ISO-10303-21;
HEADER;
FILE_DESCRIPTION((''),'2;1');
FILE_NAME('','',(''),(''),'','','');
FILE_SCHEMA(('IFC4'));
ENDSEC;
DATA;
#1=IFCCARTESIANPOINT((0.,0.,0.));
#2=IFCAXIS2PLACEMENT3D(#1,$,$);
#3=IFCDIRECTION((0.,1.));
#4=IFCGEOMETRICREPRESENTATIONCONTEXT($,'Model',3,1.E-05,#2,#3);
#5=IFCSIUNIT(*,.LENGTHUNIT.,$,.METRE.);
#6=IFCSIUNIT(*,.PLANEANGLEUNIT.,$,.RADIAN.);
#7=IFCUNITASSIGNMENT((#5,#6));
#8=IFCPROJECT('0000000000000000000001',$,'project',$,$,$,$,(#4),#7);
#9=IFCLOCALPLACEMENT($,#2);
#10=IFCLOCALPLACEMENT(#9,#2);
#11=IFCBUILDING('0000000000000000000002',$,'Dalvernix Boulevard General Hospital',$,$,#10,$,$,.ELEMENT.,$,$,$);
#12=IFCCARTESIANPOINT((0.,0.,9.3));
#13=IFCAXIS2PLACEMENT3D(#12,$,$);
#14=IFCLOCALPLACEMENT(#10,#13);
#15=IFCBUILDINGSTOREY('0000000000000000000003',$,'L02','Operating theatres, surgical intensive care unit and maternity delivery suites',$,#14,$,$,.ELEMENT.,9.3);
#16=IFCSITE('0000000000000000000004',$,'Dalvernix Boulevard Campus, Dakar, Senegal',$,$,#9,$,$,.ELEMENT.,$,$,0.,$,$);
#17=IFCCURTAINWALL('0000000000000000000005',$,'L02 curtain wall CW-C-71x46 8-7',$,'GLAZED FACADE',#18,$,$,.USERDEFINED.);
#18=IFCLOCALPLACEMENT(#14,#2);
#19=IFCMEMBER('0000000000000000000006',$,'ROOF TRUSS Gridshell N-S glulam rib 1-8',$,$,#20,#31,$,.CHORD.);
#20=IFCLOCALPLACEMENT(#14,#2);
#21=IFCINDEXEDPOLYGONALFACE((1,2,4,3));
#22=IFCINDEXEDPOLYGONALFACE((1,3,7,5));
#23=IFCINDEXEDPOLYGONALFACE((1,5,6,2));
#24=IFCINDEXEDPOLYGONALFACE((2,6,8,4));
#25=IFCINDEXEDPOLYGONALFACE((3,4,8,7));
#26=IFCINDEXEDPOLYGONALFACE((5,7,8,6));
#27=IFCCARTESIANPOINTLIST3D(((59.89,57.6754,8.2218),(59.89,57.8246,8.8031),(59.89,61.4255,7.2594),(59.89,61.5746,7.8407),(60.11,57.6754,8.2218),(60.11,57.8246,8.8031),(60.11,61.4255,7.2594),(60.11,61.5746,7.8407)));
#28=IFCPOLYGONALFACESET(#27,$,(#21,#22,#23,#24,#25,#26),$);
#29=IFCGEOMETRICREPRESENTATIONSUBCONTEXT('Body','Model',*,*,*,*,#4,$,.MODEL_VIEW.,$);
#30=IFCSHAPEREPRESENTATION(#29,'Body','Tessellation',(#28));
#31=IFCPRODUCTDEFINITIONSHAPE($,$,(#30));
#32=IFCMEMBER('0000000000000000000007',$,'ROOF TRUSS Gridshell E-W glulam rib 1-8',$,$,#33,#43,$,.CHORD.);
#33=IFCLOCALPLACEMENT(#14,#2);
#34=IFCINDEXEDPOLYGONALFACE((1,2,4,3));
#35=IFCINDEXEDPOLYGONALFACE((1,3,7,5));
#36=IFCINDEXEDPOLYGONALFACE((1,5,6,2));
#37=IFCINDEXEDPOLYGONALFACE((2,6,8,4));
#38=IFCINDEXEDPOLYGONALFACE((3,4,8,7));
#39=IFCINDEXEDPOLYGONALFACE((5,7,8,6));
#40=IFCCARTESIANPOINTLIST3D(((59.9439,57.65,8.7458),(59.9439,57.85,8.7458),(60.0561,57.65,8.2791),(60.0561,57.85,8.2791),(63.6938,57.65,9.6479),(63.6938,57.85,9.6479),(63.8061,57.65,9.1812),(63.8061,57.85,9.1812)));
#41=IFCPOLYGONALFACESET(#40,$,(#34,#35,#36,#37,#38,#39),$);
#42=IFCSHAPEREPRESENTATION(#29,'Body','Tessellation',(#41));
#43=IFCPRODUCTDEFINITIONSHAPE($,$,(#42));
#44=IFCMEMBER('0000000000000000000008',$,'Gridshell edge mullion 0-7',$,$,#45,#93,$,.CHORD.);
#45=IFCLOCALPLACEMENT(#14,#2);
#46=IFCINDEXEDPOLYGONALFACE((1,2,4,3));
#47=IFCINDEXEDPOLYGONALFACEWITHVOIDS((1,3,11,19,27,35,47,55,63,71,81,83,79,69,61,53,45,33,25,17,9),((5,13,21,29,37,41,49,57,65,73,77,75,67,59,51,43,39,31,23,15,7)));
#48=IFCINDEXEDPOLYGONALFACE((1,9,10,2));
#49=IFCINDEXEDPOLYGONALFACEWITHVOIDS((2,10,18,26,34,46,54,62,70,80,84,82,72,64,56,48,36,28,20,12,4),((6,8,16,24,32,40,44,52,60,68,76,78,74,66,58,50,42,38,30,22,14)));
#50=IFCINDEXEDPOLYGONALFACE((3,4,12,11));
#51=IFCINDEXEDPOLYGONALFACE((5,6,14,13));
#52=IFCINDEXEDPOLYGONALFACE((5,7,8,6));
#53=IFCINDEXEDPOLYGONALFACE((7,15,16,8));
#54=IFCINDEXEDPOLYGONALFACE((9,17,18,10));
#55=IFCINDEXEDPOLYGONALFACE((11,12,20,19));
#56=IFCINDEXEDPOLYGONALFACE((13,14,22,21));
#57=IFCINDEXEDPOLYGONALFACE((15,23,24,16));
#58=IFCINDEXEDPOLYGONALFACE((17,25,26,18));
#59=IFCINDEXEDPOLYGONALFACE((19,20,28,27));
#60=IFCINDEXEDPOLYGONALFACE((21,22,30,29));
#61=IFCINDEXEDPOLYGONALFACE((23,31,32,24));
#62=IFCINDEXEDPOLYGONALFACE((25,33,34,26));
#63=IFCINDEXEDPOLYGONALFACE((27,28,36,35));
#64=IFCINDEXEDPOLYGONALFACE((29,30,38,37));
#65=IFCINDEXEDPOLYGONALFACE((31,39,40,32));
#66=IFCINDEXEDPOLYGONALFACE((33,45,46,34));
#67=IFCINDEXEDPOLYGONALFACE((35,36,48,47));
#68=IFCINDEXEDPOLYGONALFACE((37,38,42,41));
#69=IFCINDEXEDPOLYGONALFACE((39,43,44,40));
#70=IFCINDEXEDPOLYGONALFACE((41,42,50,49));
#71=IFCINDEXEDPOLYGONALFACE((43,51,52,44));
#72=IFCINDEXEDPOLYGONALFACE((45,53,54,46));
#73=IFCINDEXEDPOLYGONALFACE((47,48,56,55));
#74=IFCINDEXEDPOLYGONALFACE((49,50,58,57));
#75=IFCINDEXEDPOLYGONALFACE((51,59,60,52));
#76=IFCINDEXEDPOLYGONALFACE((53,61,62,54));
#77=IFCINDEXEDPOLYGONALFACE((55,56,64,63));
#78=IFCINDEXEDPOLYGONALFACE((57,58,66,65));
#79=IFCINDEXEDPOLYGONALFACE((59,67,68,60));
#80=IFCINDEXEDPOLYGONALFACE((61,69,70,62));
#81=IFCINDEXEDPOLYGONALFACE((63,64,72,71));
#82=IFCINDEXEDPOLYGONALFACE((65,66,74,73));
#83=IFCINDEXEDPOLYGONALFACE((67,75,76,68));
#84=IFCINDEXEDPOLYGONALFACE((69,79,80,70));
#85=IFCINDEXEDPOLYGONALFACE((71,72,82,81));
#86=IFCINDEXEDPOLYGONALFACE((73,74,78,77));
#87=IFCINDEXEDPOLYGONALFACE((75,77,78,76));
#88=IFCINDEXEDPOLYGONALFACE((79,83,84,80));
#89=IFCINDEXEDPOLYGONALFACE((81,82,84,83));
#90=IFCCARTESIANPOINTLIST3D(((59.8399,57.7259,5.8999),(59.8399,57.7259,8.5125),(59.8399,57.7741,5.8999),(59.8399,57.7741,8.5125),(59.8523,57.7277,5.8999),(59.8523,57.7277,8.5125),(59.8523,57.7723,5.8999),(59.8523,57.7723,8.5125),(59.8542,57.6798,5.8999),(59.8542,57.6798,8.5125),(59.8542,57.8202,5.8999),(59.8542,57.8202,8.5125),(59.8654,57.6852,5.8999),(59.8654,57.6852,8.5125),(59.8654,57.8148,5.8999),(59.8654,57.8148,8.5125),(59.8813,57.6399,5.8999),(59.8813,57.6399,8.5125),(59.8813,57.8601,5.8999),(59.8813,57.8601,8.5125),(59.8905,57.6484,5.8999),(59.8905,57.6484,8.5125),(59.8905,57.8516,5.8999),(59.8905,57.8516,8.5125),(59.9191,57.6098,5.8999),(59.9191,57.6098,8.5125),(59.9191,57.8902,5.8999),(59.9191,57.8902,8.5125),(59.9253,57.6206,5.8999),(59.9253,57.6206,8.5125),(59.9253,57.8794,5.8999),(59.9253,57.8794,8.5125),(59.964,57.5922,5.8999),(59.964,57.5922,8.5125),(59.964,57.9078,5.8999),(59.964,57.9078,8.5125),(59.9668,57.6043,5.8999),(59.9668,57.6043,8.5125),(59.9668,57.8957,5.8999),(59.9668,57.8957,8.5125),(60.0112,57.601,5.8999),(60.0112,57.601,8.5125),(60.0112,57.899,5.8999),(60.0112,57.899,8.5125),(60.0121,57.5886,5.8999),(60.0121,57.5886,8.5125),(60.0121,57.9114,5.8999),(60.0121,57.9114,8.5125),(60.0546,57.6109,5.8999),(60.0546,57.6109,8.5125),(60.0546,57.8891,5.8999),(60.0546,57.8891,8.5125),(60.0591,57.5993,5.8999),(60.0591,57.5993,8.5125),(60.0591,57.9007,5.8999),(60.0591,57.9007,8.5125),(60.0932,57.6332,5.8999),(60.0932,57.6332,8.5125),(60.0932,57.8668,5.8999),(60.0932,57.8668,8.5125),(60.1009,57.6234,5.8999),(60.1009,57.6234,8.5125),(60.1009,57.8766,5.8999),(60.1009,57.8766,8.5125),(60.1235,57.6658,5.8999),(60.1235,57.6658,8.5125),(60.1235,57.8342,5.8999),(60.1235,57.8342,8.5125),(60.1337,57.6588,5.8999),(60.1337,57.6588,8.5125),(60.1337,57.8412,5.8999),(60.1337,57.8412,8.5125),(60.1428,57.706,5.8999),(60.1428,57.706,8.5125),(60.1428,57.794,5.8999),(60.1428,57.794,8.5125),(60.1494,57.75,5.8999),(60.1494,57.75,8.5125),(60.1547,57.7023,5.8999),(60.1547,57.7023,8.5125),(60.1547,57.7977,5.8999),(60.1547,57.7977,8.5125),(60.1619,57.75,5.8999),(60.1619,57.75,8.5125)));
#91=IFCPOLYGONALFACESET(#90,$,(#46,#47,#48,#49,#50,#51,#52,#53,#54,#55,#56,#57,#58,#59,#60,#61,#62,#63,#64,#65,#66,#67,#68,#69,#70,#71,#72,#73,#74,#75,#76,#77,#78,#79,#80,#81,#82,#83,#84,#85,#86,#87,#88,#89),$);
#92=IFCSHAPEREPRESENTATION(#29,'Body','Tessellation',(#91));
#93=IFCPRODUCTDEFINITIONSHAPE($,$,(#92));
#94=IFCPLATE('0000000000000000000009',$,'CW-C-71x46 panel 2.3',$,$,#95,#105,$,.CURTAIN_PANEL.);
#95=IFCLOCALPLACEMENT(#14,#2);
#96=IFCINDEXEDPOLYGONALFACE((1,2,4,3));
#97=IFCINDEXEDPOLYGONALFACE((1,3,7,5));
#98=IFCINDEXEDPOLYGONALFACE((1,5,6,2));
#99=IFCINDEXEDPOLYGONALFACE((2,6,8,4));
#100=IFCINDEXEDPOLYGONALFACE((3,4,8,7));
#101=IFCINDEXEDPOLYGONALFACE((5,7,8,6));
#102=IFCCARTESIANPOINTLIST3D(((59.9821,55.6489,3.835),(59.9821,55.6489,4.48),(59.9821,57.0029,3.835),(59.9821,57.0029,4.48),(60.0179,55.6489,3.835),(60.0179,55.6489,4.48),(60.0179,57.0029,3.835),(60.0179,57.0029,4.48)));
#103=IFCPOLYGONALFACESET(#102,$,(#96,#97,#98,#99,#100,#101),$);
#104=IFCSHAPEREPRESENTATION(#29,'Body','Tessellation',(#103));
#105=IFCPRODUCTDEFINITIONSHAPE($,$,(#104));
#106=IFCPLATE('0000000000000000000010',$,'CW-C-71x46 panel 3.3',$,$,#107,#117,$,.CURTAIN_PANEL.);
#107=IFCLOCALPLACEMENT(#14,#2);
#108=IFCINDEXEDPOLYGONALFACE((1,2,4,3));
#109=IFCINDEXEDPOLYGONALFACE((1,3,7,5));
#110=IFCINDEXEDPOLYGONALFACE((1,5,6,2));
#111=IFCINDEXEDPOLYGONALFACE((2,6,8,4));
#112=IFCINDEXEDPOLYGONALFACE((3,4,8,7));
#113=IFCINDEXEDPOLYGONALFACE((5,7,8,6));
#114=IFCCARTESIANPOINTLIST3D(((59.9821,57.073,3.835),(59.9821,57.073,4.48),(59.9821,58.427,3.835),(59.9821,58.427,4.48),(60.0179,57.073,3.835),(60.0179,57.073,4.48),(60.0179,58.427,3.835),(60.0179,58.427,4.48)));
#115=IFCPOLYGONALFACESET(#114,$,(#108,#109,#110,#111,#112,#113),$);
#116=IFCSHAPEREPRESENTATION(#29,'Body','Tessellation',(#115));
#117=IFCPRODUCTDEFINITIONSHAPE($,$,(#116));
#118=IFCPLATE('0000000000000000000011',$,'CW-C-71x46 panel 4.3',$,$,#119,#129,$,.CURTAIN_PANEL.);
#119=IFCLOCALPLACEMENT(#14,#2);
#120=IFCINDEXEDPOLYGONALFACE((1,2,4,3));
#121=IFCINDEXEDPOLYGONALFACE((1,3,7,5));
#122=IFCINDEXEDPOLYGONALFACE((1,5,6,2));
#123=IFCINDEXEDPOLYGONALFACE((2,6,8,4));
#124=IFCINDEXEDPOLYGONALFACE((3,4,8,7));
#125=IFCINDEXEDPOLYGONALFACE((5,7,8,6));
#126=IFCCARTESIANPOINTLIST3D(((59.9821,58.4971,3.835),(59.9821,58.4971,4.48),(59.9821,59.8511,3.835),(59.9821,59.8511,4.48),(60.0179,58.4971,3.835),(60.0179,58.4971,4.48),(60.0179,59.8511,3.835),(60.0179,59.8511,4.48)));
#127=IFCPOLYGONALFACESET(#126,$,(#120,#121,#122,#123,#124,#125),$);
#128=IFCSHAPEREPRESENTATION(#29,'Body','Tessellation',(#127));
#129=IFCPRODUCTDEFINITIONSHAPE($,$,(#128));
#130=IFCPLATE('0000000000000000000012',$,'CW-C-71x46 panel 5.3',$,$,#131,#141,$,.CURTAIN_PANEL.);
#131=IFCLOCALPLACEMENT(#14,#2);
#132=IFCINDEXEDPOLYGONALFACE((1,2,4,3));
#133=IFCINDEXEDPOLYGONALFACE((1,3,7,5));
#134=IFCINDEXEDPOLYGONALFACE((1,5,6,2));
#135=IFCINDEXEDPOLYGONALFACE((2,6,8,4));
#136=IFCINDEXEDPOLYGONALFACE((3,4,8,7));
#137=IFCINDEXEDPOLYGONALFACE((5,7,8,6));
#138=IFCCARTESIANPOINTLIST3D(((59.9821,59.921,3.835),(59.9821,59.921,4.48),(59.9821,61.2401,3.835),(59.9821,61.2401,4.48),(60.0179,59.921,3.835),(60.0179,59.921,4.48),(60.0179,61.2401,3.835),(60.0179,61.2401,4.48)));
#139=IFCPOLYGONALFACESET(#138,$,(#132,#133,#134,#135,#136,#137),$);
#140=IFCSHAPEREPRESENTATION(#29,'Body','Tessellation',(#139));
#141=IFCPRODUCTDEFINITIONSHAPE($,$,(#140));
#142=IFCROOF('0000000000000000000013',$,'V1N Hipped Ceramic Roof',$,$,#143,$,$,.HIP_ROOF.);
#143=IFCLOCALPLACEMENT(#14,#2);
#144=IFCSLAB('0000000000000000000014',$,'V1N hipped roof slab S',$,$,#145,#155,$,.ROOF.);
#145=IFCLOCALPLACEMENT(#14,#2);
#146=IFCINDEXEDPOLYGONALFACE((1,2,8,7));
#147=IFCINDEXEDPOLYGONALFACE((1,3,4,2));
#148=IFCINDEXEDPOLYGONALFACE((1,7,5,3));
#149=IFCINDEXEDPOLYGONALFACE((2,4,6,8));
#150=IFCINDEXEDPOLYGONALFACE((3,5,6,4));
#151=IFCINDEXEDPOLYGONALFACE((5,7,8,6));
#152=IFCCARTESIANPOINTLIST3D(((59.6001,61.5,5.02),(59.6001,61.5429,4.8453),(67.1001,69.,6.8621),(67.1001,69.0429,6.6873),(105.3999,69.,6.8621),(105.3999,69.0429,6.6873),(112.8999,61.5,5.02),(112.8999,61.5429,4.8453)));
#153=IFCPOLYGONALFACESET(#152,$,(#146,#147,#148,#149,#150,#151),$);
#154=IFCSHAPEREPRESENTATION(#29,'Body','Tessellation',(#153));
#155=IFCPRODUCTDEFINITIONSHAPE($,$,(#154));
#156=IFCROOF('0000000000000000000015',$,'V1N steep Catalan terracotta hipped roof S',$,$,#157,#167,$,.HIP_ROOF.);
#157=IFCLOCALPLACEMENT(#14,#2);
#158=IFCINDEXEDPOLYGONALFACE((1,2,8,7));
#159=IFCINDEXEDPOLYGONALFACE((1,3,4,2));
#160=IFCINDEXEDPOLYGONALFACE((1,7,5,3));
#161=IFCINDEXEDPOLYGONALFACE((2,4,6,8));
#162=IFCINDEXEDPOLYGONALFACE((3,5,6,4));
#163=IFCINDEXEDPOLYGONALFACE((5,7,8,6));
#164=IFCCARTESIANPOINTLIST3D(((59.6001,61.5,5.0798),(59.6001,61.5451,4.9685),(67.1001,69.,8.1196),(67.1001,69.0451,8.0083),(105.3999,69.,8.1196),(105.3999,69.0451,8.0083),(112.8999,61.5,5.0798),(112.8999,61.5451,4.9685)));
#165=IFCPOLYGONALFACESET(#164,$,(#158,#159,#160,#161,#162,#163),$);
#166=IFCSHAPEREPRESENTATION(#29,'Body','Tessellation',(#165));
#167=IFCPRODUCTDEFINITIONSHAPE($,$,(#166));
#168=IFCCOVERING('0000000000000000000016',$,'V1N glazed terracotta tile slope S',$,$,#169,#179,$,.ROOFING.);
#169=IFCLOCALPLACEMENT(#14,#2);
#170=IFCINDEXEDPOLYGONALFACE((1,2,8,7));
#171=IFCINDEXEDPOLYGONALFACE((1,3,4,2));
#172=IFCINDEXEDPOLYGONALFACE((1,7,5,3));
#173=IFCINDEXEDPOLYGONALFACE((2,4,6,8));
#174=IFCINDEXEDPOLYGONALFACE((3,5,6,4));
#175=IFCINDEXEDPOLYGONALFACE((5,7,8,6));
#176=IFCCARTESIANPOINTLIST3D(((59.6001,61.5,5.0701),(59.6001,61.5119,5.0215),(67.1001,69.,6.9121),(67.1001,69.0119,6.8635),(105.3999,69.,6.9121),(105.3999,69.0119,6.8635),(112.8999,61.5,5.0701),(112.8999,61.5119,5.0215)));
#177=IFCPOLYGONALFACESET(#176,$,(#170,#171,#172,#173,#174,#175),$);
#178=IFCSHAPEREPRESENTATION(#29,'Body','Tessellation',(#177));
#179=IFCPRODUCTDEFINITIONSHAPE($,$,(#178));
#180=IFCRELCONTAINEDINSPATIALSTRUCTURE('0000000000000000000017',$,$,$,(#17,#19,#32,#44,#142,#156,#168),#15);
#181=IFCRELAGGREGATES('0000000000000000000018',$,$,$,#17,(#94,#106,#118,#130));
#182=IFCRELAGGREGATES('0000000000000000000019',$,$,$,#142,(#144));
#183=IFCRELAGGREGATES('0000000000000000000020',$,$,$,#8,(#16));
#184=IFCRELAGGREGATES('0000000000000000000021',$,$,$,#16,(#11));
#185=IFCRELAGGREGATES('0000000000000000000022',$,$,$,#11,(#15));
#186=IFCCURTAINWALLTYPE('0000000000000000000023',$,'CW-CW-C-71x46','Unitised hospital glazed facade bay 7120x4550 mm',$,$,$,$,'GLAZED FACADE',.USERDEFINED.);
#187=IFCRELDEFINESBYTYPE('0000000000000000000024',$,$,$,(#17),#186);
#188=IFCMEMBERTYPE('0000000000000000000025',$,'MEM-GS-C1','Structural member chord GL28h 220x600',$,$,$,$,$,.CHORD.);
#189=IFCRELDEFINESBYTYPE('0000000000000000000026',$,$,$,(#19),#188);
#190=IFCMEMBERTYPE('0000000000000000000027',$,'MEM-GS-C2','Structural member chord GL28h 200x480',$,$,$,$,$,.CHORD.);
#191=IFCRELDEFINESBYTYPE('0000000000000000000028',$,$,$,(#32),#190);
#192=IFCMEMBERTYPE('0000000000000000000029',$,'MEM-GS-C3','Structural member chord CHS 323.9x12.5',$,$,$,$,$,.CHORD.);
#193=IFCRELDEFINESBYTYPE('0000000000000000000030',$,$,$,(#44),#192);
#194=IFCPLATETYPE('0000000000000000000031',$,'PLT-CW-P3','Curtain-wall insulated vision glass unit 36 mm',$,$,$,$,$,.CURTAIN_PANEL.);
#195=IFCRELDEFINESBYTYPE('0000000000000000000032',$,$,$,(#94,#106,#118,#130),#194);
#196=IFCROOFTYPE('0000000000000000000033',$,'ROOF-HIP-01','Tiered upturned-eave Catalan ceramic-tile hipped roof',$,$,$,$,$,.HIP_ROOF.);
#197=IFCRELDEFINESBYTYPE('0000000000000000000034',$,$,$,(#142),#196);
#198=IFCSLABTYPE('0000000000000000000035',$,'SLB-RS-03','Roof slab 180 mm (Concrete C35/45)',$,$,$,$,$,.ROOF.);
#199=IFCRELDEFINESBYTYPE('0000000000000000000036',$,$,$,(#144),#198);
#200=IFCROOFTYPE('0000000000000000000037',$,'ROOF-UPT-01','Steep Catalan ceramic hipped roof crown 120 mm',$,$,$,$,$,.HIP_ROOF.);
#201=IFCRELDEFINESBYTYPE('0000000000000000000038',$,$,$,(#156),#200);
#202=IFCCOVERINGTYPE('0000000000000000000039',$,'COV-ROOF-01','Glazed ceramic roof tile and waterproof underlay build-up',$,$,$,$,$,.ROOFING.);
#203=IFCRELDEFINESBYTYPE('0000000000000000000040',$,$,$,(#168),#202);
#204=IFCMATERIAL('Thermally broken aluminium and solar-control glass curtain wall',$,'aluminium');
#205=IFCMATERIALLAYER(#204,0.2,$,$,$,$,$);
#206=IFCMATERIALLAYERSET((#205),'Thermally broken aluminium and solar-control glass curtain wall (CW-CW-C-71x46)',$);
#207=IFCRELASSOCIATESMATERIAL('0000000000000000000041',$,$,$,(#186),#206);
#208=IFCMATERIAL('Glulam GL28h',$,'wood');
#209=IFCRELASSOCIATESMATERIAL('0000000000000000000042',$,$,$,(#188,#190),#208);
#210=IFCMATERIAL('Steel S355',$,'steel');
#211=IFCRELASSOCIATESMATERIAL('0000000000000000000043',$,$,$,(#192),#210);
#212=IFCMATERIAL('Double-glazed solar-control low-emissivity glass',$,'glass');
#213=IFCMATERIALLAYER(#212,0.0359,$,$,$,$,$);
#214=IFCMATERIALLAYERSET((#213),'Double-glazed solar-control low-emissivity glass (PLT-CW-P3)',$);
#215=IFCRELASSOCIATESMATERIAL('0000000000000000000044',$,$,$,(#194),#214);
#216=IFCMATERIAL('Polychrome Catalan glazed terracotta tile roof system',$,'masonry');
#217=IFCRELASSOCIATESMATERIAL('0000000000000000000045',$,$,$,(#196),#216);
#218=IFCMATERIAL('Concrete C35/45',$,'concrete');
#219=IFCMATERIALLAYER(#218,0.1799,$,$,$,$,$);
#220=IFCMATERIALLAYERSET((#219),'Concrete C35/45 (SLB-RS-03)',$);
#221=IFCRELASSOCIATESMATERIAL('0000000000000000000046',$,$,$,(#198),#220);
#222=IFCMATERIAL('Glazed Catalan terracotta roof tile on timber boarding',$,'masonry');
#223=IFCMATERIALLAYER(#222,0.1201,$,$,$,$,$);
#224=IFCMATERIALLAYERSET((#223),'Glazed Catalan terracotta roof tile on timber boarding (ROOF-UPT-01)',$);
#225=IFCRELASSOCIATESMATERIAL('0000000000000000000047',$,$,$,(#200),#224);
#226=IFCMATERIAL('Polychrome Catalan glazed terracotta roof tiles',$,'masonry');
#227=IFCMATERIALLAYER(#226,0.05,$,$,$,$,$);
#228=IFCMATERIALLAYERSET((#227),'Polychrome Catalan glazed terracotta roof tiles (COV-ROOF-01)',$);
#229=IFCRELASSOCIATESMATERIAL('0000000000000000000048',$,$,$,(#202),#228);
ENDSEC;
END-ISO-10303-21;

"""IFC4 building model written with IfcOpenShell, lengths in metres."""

from ifc_helpers import new_model, si_unit, direction, frame, origin, origin_2d, place, context, subcontext, project, spatial, polyline, rectangle, hollow_circle, outline, extrude, material, layer, layer_set, material_profile, profile_set, type_object, element, aggregate, save


model = new_model("IFC4")

# Units and contexts
model_context = context("Model", 3, precision=1e-05, world=origin(), true_north=direction((0.0, 1.0)))
body_context = subcontext(model_context, "Body", "Model", "MODEL_VIEW")
ifc_project = project(units=[si_unit("LENGTHUNIT", "METRE"), si_unit("PLANEANGLEUNIT", "RADIAN")], contexts=[model_context])

# Site, building, storey
site_placement = place(None, origin())
site = spatial("IfcSite", under=ifc_project, at=site_placement, Name="Dalvernix Boulevard Campus, Dakar, Senegal", CompositionType="ELEMENT", RefElevation=0.0)
building_placement = place(site_placement, origin())
building = spatial("IfcBuilding", under=site, at=building_placement, Name="Dalvernix Boulevard General Hospital", CompositionType="ELEMENT")
storey_placement = place(building_placement, frame((0.0, 0.0, 9.3)))
storey = spatial("IfcBuildingStorey", under=building, at=storey_placement, Name="L02", Description="Operating theatres, surgical intensive care unit and maternity delivery suites", CompositionType="ELEMENT", Elevation=9.3)

# Shared definitions
ifc_material_1 = material(Name="Steel S355", Category="steel")

# Curtain wall
ifc_material_2 = material(Name="Thermally broken aluminium and solar-control glass curtain wall", Category="aluminium")
ifc_layer_1 = layer(ifc_material_2, 0.2)
ifc_layer_set_1 = layer_set([ifc_layer_1], Name="Thermally broken aluminium and solar-control glass curtain wall (CW-CW-C-71x46)")
curtain_wall_type = type_object("IfcCurtainWallType", Name="CW-CW-C-71x46", Description="Unitised hospital glazed facade bay 7120x4550 mm", ElementType="GLAZED FACADE", PredefinedType="USERDEFINED", material=ifc_layer_set_1)
curtain_wall_placement = place(storey_placement, origin())
curtain_wall = element("IfcCurtainWall", 1, at=curtain_wall_placement, inside=storey, type_object=curtain_wall_type, Name="L02 curtain wall CW-C-71x46 8-7", ObjectType="GLAZED FACADE", PredefinedType="USERDEFINED")

# Members
ifc_material_3 = material(Name="Glulam GL28h", Category="wood")
ifc_material_profile_1 = material_profile(ifc_material_3, rectangle(XDim=0.22, YDim=0.6001, at=origin_2d()), Name="GL28h 220x600")
ifc_profile_set_1 = profile_set([ifc_material_profile_1], Name="Glulam GL28h")
member_type_1 = type_object("IfcMemberType", Name="MEM-GS-C1", Description="Structural member chord GL28h 220x600", PredefinedType="CHORD", material=ifc_profile_set_1)
member_1_placement = place(storey_placement, frame((60.0, 57.75, 8.5125), z_axis=(0.0, 0.96861, -0.248585), x_axis=(-1.0, 0.0, 0.0)))
element("IfcMember", 2, at=member_1_placement, inside=storey, type_object=member_type_1, Name="ROOF TRUSS Gridshell N-S glulam rib 1-8", PredefinedType="CHORD", context=body_context, shape_type="SweptSolid", body=[
    extrude(rectangle(XDim=0.22, YDim=0.6001, at=origin_2d()), origin(), (0.0, 0.0, 1.0), 3.8716),
])
ifc_material_profile_2 = material_profile(ifc_material_3, rectangle(XDim=0.2, YDim=0.48, at=origin_2d()), Name="GL28h 200x480")
ifc_profile_set_2 = profile_set([ifc_material_profile_2], Name="Glulam GL28h")
member_type_2 = type_object("IfcMemberType", Name="MEM-GS-C2", Description="Structural member chord GL28h 200x480", PredefinedType="CHORD", material=ifc_profile_set_2)
member_2_placement = place(storey_placement, frame((60.0, 57.75, 8.5125), z_axis=(0.972264, 0.0, 0.233888), x_axis=(0.0, 1.0, 0.0)))
element("IfcMember", 3, at=member_2_placement, inside=storey, type_object=member_type_2, Name="ROOF TRUSS Gridshell E-W glulam rib 1-8", PredefinedType="CHORD", context=body_context, shape_type="SweptSolid", body=[
    extrude(rectangle(XDim=0.2, YDim=0.48, at=origin_2d()), origin(), (0.0, 0.0, 1.0), 3.8569),
])
ifc_material_profile_3 = material_profile(ifc_material_1, hollow_circle(Radius=0.1619, WallThickness=0.0125, at=origin_2d()), Name="CHS 323.9x12.5")
ifc_profile_set_3 = profile_set([ifc_material_profile_3], Name="Steel S355")
member_type_3 = type_object("IfcMemberType", Name="MEM-GS-C3", Description="Structural member chord CHS 323.9x12.5", PredefinedType="CHORD", material=ifc_profile_set_3)
member_3_placement = place(storey_placement, frame((60.0, 57.75, 5.8999), z_axis=(0.0, 0.0, 1.0), x_axis=(1.0, 0.0, 0.0)))
element("IfcMember", 4, at=member_3_placement, inside=storey, type_object=member_type_3, Name="Gridshell edge mullion 0-7", PredefinedType="CHORD", context=body_context, shape_type="SweptSolid", body=[
    extrude(hollow_circle(Radius=0.1619, WallThickness=0.0125, at=origin_2d()), origin(), (0.0, 0.0, 1.0), 2.6125),
])

# Plates
ifc_material_4 = material(Name="Double-glazed solar-control low-emissivity glass", Category="glass")
ifc_layer_2 = layer(ifc_material_4, 0.0359)
ifc_layer_set_2 = layer_set([ifc_layer_2], Name="Double-glazed solar-control low-emissivity glass (PLT-CW-P3)")
plate_type = type_object("IfcPlateType", Name="PLT-CW-P3", Description="Curtain-wall insulated vision glass unit 36 mm", PredefinedType="CURTAIN_PANEL", material=ifc_layer_set_2)
plate_1_placement = place(storey_placement, frame((60.0, 56.3259, 3.835), z_axis=(0.0, 0.0, 1.0), x_axis=(0.0, 1.0, 0.0)))
plate_1 = element("IfcPlate", 5, at=plate_1_placement, type_object=plate_type, Name="CW-C-71x46 panel 2.3", PredefinedType="CURTAIN_PANEL", context=body_context, shape_type="SweptSolid", body=[
    extrude(rectangle(XDim=1.354, YDim=0.0359, at=origin_2d()), origin(), (0.0, 0.0, 1.0), 0.645),
])
plate_2_placement = place(storey_placement, frame((60.0, 57.75, 3.835), z_axis=(0.0, 0.0, 1.0), x_axis=(0.0, 1.0, 0.0)))
plate_2 = element("IfcPlate", 6, at=plate_2_placement, type_object=plate_type, Name="CW-C-71x46 panel 3.3", PredefinedType="CURTAIN_PANEL", context=body_context, shape_type="SweptSolid", body=[
    extrude(rectangle(XDim=1.354, YDim=0.0359, at=origin_2d()), origin(), (0.0, 0.0, 1.0), 0.645),
])
plate_3_placement = place(storey_placement, frame((60.0, 59.1741, 3.835), z_axis=(0.0, 0.0, 1.0), x_axis=(0.0, 1.0, 0.0)))
plate_3 = element("IfcPlate", 7, at=plate_3_placement, type_object=plate_type, Name="CW-C-71x46 panel 4.3", PredefinedType="CURTAIN_PANEL", context=body_context, shape_type="SweptSolid", body=[
    extrude(rectangle(XDim=1.354, YDim=0.0359, at=origin_2d()), origin(), (0.0, 0.0, 1.0), 0.645),
])
plate_4_placement = place(storey_placement, frame((60.0, 60.5806, 3.835), z_axis=(0.0, 0.0, 1.0), x_axis=(0.0, 1.0, 0.0)))
plate_4 = element("IfcPlate", 8, at=plate_4_placement, type_object=plate_type, Name="CW-C-71x46 panel 5.3", PredefinedType="CURTAIN_PANEL", context=body_context, shape_type="SweptSolid", body=[
    extrude(rectangle(XDim=1.3191, YDim=0.0359, at=origin_2d()), origin(), (0.0, 0.0, 1.0), 0.645),
])
aggregate(curtain_wall, [plate_1, plate_2, plate_3, plate_4])

# Roof, slab
ifc_material_5 = material(Name="Polychrome Catalan glazed terracotta tile roof system", Category="masonry")
roof_type_1 = type_object("IfcRoofType", Name="ROOF-HIP-01", Description="Tiered upturned-eave Catalan ceramic-tile hipped roof", PredefinedType="HIP_ROOF", material=ifc_material_5)
roof_1_placement = place(storey_placement, origin())
roof_1 = element("IfcRoof", 9, at=roof_1_placement, inside=storey, type_object=roof_type_1, Name="V1N Hipped Ceramic Roof", PredefinedType="HIP_ROOF")
ifc_material_6 = material(Name="Concrete C35/45", Category="concrete")
ifc_layer_3 = layer(ifc_material_6, 0.1799)
ifc_layer_set_3 = layer_set([ifc_layer_3], Name="Concrete C35/45 (SLB-RS-03)")
slab_type = type_object("IfcSlabType", Name="SLB-RS-03", Description="Roof slab 180 mm (Concrete C35/45)", PredefinedType="ROOF", material=ifc_layer_set_3)
slab_placement = place(storey_placement, frame((59.6001, 61.5, 5.02), z_axis=(0.0, -0.238517, 0.971138), x_axis=(1.0, 0.0, 0.0)))
slab = element("IfcSlab", 10, at=slab_placement, type_object=slab_type, Name="V1N hipped roof slab S", PredefinedType="ROOF", context=body_context, shape_type="SweptSolid", body=[
    extrude(outline(polyline([(0.0, 0.0), (53.2998, 0.0), (45.7998, 7.7229), (7.5, 7.7229), (0.0, 0.0)])), origin(), (0.0, 0.0, -1.0), 0.1799),
])
aggregate(roof_1, [slab])

# Roof
ifc_material_7 = material(Name="Glazed Catalan terracotta roof tile on timber boarding", Category="masonry")
ifc_layer_4 = layer(ifc_material_7, 0.1201)
ifc_layer_set_4 = layer_set([ifc_layer_4], Name="Glazed Catalan terracotta roof tile on timber boarding (ROOF-UPT-01)")
roof_type_2 = type_object("IfcRoofType", Name="ROOF-UPT-01", Description="Steep Catalan ceramic hipped roof crown 120 mm", PredefinedType="HIP_ROOF", material=ifc_layer_set_4)
roof_2_placement = place(storey_placement, frame((59.6001, 61.5, 5.0798), z_axis=(0.0, -0.375626, 0.926771), x_axis=(1.0, 0.0, 0.0)))
element("IfcRoof", 11, at=roof_2_placement, inside=storey, type_object=roof_type_2, Name="V1N steep Catalan terracotta hipped roof S", PredefinedType="HIP_ROOF", context=body_context, shape_type="SweptSolid", body=[
    extrude(outline(polyline([(0.0, 0.0), (53.2998, 0.0), (45.7998, 8.0926), (7.5, 8.0926), (0.0, 0.0)])), origin(), (0.0, 0.0, -1.0), 0.1201),
])

# Covering
ifc_material_8 = material(Name="Polychrome Catalan glazed terracotta roof tiles", Category="masonry")
ifc_layer_5 = layer(ifc_material_8, 0.05)
ifc_layer_set_5 = layer_set([ifc_layer_5], Name="Polychrome Catalan glazed terracotta roof tiles (COV-ROOF-01)")
covering_type = type_object("IfcCoveringType", Name="COV-ROOF-01", Description="Glazed ceramic roof tile and waterproof underlay build-up", PredefinedType="ROOFING", material=ifc_layer_set_5)
covering_placement = place(storey_placement, frame((59.6001, 61.5, 5.0701), z_axis=(0.0, -0.238517, 0.971138), x_axis=(1.0, 0.0, 0.0)))
element("IfcCovering", 12, at=covering_placement, inside=storey, type_object=covering_type, Name="V1N glazed terracotta tile slope S", PredefinedType="ROOFING", context=body_context, shape_type="SweptSolid", body=[
    extrude(outline(polyline([(0.0, 0.0), (53.2998, 0.0), (45.7998, 7.7229), (7.5, 7.7229), (0.0, 0.0)])), origin(), (0.0, 0.0, -1.0), 0.05),
])

save(model, "model.ifc")
